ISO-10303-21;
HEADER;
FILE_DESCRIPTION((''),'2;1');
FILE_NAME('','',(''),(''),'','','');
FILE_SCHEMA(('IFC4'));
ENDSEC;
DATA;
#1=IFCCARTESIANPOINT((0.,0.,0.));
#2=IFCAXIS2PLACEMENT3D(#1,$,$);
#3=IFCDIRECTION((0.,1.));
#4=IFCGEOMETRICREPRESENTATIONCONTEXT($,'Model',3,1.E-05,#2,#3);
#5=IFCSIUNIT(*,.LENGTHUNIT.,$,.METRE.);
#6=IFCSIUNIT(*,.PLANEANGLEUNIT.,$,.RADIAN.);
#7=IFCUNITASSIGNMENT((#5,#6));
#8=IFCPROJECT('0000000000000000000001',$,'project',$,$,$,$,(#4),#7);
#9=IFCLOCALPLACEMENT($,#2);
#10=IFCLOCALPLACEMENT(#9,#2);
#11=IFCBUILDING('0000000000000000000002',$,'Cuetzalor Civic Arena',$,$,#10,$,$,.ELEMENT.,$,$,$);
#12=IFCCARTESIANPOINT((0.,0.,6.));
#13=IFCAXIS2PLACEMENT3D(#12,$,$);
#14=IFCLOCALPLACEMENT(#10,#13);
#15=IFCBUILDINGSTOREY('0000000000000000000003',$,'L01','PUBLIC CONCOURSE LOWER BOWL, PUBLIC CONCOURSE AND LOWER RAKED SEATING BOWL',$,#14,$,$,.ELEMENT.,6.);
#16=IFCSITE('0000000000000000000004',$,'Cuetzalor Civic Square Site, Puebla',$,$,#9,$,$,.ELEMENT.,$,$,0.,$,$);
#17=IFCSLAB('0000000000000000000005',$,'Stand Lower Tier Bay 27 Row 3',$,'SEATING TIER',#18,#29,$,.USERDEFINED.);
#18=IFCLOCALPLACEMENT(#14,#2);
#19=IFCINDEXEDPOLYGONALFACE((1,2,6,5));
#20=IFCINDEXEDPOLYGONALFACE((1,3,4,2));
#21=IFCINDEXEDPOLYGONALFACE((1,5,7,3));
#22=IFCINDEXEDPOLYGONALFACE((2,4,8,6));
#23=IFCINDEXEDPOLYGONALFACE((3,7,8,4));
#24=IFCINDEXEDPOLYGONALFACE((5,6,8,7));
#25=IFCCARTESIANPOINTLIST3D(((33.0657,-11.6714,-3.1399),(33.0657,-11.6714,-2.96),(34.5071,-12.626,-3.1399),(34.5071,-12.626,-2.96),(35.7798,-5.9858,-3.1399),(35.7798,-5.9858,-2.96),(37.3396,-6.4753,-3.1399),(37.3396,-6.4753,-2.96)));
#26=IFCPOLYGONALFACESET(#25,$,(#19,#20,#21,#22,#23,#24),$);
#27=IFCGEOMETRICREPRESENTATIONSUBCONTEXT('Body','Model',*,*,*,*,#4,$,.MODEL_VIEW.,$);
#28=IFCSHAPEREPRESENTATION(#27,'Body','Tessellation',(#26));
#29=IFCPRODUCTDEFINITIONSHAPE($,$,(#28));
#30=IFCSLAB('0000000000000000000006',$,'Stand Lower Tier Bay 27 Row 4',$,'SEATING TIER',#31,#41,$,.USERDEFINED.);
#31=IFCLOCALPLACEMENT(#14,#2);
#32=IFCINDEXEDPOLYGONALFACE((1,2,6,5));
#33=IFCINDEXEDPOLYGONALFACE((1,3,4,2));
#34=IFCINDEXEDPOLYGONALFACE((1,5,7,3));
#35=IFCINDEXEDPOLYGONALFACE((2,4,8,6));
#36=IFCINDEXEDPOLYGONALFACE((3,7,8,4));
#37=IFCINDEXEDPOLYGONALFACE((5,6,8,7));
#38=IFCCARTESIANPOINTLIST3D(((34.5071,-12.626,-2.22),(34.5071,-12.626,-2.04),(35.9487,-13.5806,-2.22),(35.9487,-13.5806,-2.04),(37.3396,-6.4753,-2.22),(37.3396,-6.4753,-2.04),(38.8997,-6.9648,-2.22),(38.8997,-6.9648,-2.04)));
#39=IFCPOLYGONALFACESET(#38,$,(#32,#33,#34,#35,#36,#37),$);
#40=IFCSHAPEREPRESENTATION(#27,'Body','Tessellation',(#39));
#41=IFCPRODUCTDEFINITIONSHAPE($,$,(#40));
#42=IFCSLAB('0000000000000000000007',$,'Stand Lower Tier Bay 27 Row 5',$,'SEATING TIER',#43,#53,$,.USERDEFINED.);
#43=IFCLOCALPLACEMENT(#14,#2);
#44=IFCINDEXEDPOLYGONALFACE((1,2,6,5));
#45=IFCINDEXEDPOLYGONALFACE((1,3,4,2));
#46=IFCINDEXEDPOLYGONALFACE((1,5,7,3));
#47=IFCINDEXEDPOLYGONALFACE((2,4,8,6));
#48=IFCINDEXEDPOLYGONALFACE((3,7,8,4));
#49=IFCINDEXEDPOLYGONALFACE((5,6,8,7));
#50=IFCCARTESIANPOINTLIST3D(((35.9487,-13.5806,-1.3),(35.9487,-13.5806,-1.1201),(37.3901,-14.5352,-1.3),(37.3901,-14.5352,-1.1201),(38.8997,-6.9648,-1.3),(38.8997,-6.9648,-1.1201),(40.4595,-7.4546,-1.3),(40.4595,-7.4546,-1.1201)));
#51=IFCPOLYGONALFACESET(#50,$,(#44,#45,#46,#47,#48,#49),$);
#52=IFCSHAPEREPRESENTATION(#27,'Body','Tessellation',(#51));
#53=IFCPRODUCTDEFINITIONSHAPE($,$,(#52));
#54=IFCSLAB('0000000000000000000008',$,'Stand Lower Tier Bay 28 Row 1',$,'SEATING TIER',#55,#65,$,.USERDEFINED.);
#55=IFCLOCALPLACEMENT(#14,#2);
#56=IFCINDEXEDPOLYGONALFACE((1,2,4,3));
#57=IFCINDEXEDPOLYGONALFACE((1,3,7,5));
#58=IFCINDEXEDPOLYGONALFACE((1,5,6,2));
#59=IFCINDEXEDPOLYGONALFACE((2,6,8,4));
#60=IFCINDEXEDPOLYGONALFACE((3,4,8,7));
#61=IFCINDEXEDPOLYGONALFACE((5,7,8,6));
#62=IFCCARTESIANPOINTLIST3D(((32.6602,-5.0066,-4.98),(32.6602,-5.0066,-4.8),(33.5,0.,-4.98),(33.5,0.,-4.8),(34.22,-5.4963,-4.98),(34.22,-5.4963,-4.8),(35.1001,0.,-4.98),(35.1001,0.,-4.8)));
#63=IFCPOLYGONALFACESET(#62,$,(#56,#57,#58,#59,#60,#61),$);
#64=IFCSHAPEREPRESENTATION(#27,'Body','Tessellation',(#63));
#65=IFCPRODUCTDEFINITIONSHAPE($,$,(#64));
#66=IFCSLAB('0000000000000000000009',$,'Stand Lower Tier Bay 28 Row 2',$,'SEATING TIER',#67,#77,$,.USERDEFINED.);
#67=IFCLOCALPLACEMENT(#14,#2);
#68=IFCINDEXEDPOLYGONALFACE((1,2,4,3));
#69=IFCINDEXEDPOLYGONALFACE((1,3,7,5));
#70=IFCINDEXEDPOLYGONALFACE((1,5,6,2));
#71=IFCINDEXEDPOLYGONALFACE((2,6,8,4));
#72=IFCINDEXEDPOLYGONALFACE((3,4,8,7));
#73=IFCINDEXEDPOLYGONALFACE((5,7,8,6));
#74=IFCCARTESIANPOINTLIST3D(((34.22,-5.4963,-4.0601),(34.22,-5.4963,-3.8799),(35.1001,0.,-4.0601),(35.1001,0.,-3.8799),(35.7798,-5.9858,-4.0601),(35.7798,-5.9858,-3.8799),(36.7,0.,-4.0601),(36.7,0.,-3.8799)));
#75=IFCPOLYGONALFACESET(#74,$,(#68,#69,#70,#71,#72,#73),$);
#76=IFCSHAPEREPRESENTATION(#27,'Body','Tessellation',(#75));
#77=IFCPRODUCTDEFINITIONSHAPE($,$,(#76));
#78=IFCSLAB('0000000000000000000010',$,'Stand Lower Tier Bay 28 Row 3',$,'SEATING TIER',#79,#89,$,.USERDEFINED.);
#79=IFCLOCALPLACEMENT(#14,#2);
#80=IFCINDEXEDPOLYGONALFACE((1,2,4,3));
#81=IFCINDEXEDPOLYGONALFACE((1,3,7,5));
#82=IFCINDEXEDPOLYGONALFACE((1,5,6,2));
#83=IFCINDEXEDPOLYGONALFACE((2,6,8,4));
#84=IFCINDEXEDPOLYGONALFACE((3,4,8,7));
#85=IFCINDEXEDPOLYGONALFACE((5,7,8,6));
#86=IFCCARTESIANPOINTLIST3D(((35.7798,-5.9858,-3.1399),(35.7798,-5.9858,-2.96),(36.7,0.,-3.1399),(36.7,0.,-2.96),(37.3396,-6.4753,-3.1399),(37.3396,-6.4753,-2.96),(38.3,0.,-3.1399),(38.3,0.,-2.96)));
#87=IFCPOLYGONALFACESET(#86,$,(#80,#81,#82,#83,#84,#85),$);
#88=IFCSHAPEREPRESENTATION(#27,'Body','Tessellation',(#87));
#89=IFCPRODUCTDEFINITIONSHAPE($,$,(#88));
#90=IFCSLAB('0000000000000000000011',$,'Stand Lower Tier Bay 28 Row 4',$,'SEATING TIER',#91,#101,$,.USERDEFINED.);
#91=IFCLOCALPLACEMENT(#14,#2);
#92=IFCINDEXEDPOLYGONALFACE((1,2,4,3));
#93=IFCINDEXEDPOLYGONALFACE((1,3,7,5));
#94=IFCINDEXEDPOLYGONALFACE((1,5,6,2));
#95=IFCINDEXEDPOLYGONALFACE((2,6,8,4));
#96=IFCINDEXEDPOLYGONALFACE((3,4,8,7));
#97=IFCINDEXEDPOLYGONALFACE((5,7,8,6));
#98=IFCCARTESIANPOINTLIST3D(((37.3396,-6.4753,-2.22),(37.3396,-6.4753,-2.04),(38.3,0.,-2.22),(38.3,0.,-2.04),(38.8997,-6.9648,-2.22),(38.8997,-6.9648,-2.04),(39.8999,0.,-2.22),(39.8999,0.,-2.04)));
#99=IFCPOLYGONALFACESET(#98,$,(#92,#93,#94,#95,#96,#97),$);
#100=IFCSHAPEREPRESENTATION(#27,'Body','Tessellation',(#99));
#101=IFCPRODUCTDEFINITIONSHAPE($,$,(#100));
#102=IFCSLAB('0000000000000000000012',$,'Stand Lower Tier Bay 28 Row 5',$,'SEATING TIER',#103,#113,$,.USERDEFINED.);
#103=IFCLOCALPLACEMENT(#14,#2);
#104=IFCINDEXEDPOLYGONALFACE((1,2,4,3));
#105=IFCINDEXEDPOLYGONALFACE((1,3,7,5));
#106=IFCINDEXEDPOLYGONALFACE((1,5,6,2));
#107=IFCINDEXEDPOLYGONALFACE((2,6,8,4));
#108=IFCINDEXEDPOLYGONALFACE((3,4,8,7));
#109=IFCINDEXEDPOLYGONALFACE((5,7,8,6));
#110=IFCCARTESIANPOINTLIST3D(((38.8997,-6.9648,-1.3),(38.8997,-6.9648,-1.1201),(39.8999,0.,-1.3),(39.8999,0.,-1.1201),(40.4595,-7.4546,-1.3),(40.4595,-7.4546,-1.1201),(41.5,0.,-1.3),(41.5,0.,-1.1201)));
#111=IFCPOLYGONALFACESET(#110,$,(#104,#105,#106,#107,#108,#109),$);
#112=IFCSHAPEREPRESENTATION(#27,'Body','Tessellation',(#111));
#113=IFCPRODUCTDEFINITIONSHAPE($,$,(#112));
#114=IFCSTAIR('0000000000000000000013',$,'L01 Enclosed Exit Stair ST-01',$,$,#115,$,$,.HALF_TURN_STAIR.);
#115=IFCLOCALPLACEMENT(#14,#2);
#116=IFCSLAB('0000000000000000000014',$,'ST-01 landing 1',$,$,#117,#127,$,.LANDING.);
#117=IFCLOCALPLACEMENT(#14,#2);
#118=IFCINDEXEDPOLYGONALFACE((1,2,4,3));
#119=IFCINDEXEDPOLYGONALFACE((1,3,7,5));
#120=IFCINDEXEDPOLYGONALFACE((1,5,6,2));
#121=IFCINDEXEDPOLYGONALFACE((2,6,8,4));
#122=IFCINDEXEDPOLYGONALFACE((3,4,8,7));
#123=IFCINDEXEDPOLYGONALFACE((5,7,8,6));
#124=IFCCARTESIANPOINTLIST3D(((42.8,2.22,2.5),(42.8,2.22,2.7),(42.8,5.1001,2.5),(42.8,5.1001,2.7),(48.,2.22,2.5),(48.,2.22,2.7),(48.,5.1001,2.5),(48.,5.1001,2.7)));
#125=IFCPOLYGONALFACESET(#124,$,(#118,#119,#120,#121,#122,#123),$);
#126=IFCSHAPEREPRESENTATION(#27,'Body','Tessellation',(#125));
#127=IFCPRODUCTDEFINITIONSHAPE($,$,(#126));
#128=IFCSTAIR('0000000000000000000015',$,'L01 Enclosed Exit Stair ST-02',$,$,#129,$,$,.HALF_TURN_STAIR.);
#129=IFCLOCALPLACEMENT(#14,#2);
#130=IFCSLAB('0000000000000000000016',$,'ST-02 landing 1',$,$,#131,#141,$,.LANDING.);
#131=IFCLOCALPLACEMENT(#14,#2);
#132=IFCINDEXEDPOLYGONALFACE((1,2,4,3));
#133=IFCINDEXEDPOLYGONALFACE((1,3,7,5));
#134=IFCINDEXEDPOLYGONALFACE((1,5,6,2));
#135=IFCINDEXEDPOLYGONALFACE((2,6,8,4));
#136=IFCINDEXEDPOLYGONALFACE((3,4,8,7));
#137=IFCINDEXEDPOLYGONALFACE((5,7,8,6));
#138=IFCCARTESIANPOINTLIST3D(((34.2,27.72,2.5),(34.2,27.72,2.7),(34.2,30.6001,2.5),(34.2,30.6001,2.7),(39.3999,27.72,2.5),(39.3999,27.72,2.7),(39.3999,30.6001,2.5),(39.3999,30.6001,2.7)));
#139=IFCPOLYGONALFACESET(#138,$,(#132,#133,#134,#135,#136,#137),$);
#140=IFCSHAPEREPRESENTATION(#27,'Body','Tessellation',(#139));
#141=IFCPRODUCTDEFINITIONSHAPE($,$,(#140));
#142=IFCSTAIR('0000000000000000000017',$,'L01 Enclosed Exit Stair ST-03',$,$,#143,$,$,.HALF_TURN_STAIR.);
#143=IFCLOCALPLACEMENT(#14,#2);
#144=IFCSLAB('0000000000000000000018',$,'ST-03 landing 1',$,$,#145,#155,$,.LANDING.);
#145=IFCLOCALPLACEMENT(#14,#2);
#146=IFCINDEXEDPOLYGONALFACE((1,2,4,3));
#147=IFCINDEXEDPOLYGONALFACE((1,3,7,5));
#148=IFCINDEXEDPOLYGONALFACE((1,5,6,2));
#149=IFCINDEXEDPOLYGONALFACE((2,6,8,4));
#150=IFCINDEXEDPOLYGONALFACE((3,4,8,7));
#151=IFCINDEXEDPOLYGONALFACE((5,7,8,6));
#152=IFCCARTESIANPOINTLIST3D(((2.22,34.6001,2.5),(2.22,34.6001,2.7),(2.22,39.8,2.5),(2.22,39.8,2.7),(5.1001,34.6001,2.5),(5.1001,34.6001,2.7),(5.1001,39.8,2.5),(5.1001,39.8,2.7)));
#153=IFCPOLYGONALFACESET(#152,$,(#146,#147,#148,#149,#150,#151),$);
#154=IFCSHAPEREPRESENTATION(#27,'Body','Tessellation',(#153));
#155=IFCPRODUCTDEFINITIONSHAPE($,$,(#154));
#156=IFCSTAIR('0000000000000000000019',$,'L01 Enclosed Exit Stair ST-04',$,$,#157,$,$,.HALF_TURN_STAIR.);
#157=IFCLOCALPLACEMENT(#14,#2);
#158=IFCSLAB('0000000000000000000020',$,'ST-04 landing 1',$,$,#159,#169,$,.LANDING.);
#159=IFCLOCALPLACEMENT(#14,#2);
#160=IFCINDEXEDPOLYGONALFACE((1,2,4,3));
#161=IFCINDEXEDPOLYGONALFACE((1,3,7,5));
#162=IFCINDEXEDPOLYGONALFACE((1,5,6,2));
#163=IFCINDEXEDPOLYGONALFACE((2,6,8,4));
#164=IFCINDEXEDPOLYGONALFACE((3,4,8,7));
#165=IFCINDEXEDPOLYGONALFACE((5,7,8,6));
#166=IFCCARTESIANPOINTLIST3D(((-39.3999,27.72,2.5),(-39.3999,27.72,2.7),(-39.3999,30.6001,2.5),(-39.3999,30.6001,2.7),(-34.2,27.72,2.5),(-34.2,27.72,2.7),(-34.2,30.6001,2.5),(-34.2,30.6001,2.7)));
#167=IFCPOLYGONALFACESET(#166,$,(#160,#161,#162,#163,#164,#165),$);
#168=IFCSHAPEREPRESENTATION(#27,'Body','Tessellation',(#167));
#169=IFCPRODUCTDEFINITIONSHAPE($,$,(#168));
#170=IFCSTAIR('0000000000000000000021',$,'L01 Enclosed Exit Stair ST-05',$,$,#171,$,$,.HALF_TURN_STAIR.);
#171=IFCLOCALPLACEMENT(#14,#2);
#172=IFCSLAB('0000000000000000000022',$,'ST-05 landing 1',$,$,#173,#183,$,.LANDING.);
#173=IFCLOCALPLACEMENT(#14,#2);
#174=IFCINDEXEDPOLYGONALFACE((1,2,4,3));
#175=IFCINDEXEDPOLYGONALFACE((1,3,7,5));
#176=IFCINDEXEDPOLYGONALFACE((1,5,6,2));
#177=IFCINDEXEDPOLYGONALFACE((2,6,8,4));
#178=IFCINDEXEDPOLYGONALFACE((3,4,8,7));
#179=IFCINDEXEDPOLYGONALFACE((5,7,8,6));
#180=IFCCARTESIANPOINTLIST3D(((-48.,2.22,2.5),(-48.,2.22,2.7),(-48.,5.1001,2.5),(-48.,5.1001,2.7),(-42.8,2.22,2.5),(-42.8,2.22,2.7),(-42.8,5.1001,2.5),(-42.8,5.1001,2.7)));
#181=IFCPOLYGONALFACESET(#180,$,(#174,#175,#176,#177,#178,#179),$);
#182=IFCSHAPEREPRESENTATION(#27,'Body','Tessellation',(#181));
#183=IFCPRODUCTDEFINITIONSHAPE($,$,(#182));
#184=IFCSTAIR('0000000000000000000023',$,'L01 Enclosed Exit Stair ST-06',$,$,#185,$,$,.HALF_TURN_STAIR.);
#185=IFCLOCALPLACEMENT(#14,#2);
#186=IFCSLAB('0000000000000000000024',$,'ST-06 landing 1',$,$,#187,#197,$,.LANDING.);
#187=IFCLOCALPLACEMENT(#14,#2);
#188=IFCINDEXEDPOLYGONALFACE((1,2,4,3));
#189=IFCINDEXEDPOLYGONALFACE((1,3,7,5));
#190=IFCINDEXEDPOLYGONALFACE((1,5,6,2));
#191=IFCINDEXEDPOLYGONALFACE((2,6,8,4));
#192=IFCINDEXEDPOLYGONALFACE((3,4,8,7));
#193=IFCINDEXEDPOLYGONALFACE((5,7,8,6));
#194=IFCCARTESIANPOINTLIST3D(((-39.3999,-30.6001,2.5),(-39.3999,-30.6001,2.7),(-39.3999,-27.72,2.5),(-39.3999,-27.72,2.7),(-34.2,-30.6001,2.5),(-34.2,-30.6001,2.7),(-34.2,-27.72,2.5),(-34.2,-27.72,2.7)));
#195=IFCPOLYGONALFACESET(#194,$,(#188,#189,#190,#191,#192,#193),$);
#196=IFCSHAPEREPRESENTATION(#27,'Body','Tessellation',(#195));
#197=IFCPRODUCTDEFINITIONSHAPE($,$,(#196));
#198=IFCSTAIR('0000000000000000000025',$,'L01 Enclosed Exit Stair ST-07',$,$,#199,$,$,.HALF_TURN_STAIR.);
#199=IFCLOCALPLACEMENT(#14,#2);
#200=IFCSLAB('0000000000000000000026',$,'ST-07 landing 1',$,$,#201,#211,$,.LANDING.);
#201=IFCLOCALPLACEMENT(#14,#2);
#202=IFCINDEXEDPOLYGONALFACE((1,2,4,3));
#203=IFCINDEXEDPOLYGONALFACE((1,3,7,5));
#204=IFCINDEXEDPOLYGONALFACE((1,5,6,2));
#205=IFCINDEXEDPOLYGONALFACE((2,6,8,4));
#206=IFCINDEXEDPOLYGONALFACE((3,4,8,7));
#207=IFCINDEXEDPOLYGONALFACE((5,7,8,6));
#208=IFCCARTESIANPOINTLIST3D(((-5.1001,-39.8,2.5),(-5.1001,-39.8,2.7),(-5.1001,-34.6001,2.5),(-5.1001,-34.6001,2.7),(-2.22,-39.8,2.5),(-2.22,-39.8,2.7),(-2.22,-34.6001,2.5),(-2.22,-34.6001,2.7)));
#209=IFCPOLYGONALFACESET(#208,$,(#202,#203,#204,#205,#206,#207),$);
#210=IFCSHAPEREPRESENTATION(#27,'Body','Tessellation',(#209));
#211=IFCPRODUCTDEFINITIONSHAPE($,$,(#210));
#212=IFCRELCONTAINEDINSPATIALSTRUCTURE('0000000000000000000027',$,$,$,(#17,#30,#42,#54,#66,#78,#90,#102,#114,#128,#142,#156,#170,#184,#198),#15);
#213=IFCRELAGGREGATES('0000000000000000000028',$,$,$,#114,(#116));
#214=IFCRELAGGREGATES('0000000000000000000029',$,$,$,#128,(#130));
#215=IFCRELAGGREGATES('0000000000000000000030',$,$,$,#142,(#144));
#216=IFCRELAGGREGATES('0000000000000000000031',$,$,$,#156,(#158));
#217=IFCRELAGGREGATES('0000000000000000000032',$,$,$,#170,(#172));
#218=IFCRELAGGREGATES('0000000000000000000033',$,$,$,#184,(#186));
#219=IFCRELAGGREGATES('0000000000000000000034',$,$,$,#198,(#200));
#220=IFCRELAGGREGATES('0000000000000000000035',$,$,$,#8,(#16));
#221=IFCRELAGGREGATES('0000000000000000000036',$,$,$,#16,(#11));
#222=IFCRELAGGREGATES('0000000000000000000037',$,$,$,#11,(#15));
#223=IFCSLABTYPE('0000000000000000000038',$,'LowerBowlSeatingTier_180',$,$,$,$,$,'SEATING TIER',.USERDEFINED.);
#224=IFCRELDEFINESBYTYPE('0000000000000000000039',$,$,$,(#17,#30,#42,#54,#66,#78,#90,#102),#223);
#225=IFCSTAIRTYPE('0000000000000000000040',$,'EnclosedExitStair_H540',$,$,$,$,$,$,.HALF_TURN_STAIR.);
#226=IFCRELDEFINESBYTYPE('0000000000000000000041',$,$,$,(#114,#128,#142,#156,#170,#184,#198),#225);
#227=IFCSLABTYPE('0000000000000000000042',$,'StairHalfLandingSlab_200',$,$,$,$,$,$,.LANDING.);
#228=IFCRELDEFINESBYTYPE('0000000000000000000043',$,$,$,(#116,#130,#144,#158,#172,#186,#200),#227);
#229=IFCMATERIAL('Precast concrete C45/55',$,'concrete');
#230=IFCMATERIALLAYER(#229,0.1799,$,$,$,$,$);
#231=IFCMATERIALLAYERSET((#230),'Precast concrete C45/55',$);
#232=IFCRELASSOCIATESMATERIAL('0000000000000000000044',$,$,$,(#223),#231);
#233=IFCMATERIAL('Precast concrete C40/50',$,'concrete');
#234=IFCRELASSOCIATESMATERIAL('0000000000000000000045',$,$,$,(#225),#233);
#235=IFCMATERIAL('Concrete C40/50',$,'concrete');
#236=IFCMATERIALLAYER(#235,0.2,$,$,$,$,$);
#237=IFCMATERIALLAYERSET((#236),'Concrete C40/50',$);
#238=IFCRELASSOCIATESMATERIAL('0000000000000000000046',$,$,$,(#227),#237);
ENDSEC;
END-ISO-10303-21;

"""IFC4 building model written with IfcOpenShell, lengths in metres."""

from ifc_helpers import new_model, si_unit, direction, frame, origin, place, context, subcontext, project, spatial, polyline, outline, extrude, material, layer, layer_set, type_object, element, aggregate, save


model = new_model("IFC4")

# Units and contexts
model_context = context("Model", 3, precision=1e-05, world=origin(), true_north=direction((0.0, 1.0)))
body_context = subcontext(model_context, "Body", "Model", "MODEL_VIEW")
ifc_project = project(units=[si_unit("LENGTHUNIT", "METRE"), si_unit("PLANEANGLEUNIT", "RADIAN")], contexts=[model_context])

# Site, building, storey
site_placement = place(None, origin())
site = spatial("IfcSite", under=ifc_project, at=site_placement, Name="Cuetzalor Civic Square Site, Puebla", CompositionType="ELEMENT", RefElevation=0.0)
building_placement = place(site_placement, origin())
building = spatial("IfcBuilding", under=site, at=building_placement, Name="Cuetzalor Civic Arena", CompositionType="ELEMENT")
storey_placement = place(building_placement, frame((0.0, 0.0, 6.0)))
storey = spatial("IfcBuildingStorey", under=building, at=storey_placement, Name="L01", Description="PUBLIC CONCOURSE LOWER BOWL, PUBLIC CONCOURSE AND LOWER RAKED SEATING BOWL", CompositionType="ELEMENT", Elevation=6.0)

# Slabs
ifc_material_1 = material(Name="Precast concrete C45/55", Category="concrete")
ifc_layer_1 = layer(ifc_material_1, 0.1799)
ifc_layer_set_1 = layer_set([ifc_layer_1], Name="Precast concrete C45/55")
slab_type_1 = type_object("IfcSlabType", Name="LowerBowlSeatingTier_180", ElementType="SEATING TIER", PredefinedType="USERDEFINED", material=ifc_layer_set_1)
slab_1_placement = place(storey_placement, frame((0.0, 0.0, -3.1399)))
element("IfcSlab", 1, at=slab_1_placement, inside=storey, type_object=slab_type_1, Name="Stand Lower Tier Bay 27 Row 3", ObjectType="SEATING TIER", PredefinedType="USERDEFINED", context=body_context, shape_type="SweptSolid", body=[
    extrude(outline(polyline([(33.0657, -11.6714), (35.7798, -5.9858), (37.3396, -6.4753), (34.5071, -12.626), (33.0657, -11.6714)])), origin(), (0.0, 0.0, 1.0), 0.1799),
])
slab_2_placement = place(storey_placement, frame((0.0, 0.0, -2.22)))
element("IfcSlab", 2, at=slab_2_placement, inside=storey, type_object=slab_type_1, Name="Stand Lower Tier Bay 27 Row 4", ObjectType="SEATING TIER", PredefinedType="USERDEFINED", context=body_context, shape_type="SweptSolid", body=[
    extrude(outline(polyline([(34.5071, -12.626), (37.3396, -6.4753), (38.8997, -6.9648), (35.9487, -13.5806), (34.5071, -12.626)])), origin(), (0.0, 0.0, 1.0), 0.1799),
])
slab_3_placement = place(storey_placement, frame((0.0, 0.0, -1.3)))
element("IfcSlab", 3, at=slab_3_placement, inside=storey, type_object=slab_type_1, Name="Stand Lower Tier Bay 27 Row 5", ObjectType="SEATING TIER", PredefinedType="USERDEFINED", context=body_context, shape_type="SweptSolid", body=[
    extrude(outline(polyline([(35.9487, -13.5806), (38.8997, -6.9648), (40.4595, -7.4546), (37.3901, -14.5352), (35.9487, -13.5806)])), origin(), (0.0, 0.0, 1.0), 0.1799),
])
slab_4_placement = place(storey_placement, frame((0.0, 0.0, -4.98)))
element("IfcSlab", 4, at=slab_4_placement, inside=storey, type_object=slab_type_1, Name="Stand Lower Tier Bay 28 Row 1", ObjectType="SEATING TIER", PredefinedType="USERDEFINED", context=body_context, shape_type="SweptSolid", body=[
    extrude(outline(polyline([(32.6602, -5.0066), (33.5, 0.0), (35.1001, 0.0), (34.22, -5.4963), (32.6602, -5.0066)])), origin(), (0.0, 0.0, 1.0), 0.1799),
])
slab_5_placement = place(storey_placement, frame((0.0, 0.0, -4.0601)))
element("IfcSlab", 5, at=slab_5_placement, inside=storey, type_object=slab_type_1, Name="Stand Lower Tier Bay 28 Row 2", ObjectType="SEATING TIER", PredefinedType="USERDEFINED", context=body_context, shape_type="SweptSolid", body=[
    extrude(outline(polyline([(34.22, -5.4963), (35.1001, 0.0), (36.7, 0.0), (35.7798, -5.9858), (34.22, -5.4963)])), origin(), (0.0, 0.0, 1.0), 0.1802),
])
slab_6_placement = place(storey_placement, frame((0.0, 0.0, -3.1399)))
element("IfcSlab", 6, at=slab_6_placement, inside=storey, type_object=slab_type_1, Name="Stand Lower Tier Bay 28 Row 3", ObjectType="SEATING TIER", PredefinedType="USERDEFINED", context=body_context, shape_type="SweptSolid", body=[
    extrude(outline(polyline([(35.7798, -5.9858), (36.7, 0.0), (38.3, 0.0), (37.3396, -6.4753), (35.7798, -5.9858)])), origin(), (0.0, 0.0, 1.0), 0.1799),
])
slab_7_placement = place(storey_placement, frame((0.0, 0.0, -2.22)))
element("IfcSlab", 7, at=slab_7_placement, inside=storey, type_object=slab_type_1, Name="Stand Lower Tier Bay 28 Row 4", ObjectType="SEATING TIER", PredefinedType="USERDEFINED", context=body_context, shape_type="SweptSolid", body=[
    extrude(outline(polyline([(37.3396, -6.4753), (38.3, 0.0), (39.8999, 0.0), (38.8997, -6.9648), (37.3396, -6.4753)])), origin(), (0.0, 0.0, 1.0), 0.1799),
])
slab_8_placement = place(storey_placement, frame((0.0, 0.0, -1.3)))
element("IfcSlab", 8, at=slab_8_placement, inside=storey, type_object=slab_type_1, Name="Stand Lower Tier Bay 28 Row 5", ObjectType="SEATING TIER", PredefinedType="USERDEFINED", context=body_context, shape_type="SweptSolid", body=[
    extrude(outline(polyline([(38.8997, -6.9648), (39.8999, 0.0), (41.5, 0.0), (40.4595, -7.4546), (38.8997, -6.9648)])), origin(), (0.0, 0.0, 1.0), 0.1799),
])

# Stairs, slabs
ifc_material_2 = material(Name="Precast concrete C40/50", Category="concrete")
stair_type = type_object("IfcStairType", Name="EnclosedExitStair_H540", PredefinedType="HALF_TURN_STAIR", material=ifc_material_2)
stair_1_placement = place(storey_placement, origin())
stair_1 = element("IfcStair", 9, at=stair_1_placement, inside=storey, type_object=stair_type, Name="L01 Enclosed Exit Stair ST-01", PredefinedType="HALF_TURN_STAIR")
ifc_material_3 = material(Name="Concrete C40/50", Category="concrete")
ifc_layer_2 = layer(ifc_material_3, 0.2)
ifc_layer_set_2 = layer_set([ifc_layer_2], Name="Concrete C40/50")
slab_type_2 = type_object("IfcSlabType", Name="StairHalfLandingSlab_200", PredefinedType="LANDING", material=ifc_layer_set_2)
slab_9_placement = place(storey_placement, frame((0.0, 0.0, 2.5)))
slab_9 = element("IfcSlab", 10, at=slab_9_placement, type_object=slab_type_2, Name="ST-01 landing 1", PredefinedType="LANDING", context=body_context, shape_type="SweptSolid", body=[
    extrude(outline(polyline([(48.0, 2.22), (48.0, 5.1001), (42.8, 5.1001), (42.8, 2.22), (48.0, 2.22)])), origin(), (0.0, 0.0, 1.0), 0.2),
])
aggregate(stair_1, [slab_9])
stair_2_placement = place(storey_placement, origin())
stair_2 = element("IfcStair", 11, at=stair_2_placement, inside=storey, type_object=stair_type, Name="L01 Enclosed Exit Stair ST-02", PredefinedType="HALF_TURN_STAIR")
slab_10_placement = place(storey_placement, frame((0.0, 0.0, 2.5)))
slab_10 = element("IfcSlab", 12, at=slab_10_placement, type_object=slab_type_2, Name="ST-02 landing 1", PredefinedType="LANDING", context=body_context, shape_type="SweptSolid", body=[
    extrude(outline(polyline([(39.3999, 27.72), (39.3999, 30.6001), (34.2, 30.6001), (34.2, 27.72), (39.3999, 27.72)])), origin(), (0.0, 0.0, 1.0), 0.2),
])
aggregate(stair_2, [slab_10])
stair_3_placement = place(storey_placement, origin())
stair_3 = element("IfcStair", 13, at=stair_3_placement, inside=storey, type_object=stair_type, Name="L01 Enclosed Exit Stair ST-03", PredefinedType="HALF_TURN_STAIR")
slab_11_placement = place(storey_placement, frame((0.0, 0.0, 2.5)))
slab_11 = element("IfcSlab", 14, at=slab_11_placement, type_object=slab_type_2, Name="ST-03 landing 1", PredefinedType="LANDING", context=body_context, shape_type="SweptSolid", body=[
    extrude(outline(polyline([(2.22, 34.6001), (5.1001, 34.6001), (5.1001, 39.8), (2.22, 39.8), (2.22, 34.6001)])), origin(), (0.0, 0.0, 1.0), 0.2),
])
aggregate(stair_3, [slab_11])
stair_4_placement = place(storey_placement, origin())
stair_4 = element("IfcStair", 15, at=stair_4_placement, inside=storey, type_object=stair_type, Name="L01 Enclosed Exit Stair ST-04", PredefinedType="HALF_TURN_STAIR")
slab_12_placement = place(storey_placement, frame((0.0, 0.0, 2.5)))
slab_12 = element("IfcSlab", 16, at=slab_12_placement, type_object=slab_type_2, Name="ST-04 landing 1", PredefinedType="LANDING", context=body_context, shape_type="SweptSolid", body=[
    extrude(outline(polyline([(-34.2, 27.72), (-34.2, 30.6001), (-39.3999, 30.6001), (-39.3999, 27.72), (-34.2, 27.72)])), origin(), (0.0, 0.0, 1.0), 0.2),
])
aggregate(stair_4, [slab_12])
stair_5_placement = place(storey_placement, origin())
stair_5 = element("IfcStair", 17, at=stair_5_placement, inside=storey, type_object=stair_type, Name="L01 Enclosed Exit Stair ST-05", PredefinedType="HALF_TURN_STAIR")
slab_13_placement = place(storey_placement, frame((0.0, 0.0, 2.5)))
slab_13 = element("IfcSlab", 18, at=slab_13_placement, type_object=slab_type_2, Name="ST-05 landing 1", PredefinedType="LANDING", context=body_context, shape_type="SweptSolid", body=[
    extrude(outline(polyline([(-42.8, 2.22), (-42.8, 5.1001), (-48.0, 5.1001), (-48.0, 2.22), (-42.8, 2.22)])), origin(), (0.0, 0.0, 1.0), 0.2),
])
aggregate(stair_5, [slab_13])
stair_6_placement = place(storey_placement, origin())
stair_6 = element("IfcStair", 19, at=stair_6_placement, inside=storey, type_object=stair_type, Name="L01 Enclosed Exit Stair ST-06", PredefinedType="HALF_TURN_STAIR")
slab_14_placement = place(storey_placement, frame((0.0, 0.0, 2.5)))
slab_14 = element("IfcSlab", 20, at=slab_14_placement, type_object=slab_type_2, Name="ST-06 landing 1", PredefinedType="LANDING", context=body_context, shape_type="SweptSolid", body=[
    extrude(outline(polyline([(-39.3999, -27.72), (-39.3999, -30.6001), (-34.2, -30.6001), (-34.2, -27.72), (-39.3999, -27.72)])), origin(), (0.0, 0.0, 1.0), 0.2),
])
aggregate(stair_6, [slab_14])
stair_7_placement = place(storey_placement, origin())
stair_7 = element("IfcStair", 21, at=stair_7_placement, inside=storey, type_object=stair_type, Name="L01 Enclosed Exit Stair ST-07", PredefinedType="HALF_TURN_STAIR")
slab_15_placement = place(storey_placement, frame((0.0, 0.0, 2.5)))
slab_15 = element("IfcSlab", 22, at=slab_15_placement, type_object=slab_type_2, Name="ST-07 landing 1", PredefinedType="LANDING", context=body_context, shape_type="SweptSolid", body=[
    extrude(outline(polyline([(-2.22, -34.6001), (-5.1001, -34.6001), (-5.1001, -39.8), (-2.22, -39.8), (-2.22, -34.6001)])), origin(), (0.0, 0.0, 1.0), 0.2),
])
aggregate(stair_7, [slab_15])

save(model, "model.ifc")
